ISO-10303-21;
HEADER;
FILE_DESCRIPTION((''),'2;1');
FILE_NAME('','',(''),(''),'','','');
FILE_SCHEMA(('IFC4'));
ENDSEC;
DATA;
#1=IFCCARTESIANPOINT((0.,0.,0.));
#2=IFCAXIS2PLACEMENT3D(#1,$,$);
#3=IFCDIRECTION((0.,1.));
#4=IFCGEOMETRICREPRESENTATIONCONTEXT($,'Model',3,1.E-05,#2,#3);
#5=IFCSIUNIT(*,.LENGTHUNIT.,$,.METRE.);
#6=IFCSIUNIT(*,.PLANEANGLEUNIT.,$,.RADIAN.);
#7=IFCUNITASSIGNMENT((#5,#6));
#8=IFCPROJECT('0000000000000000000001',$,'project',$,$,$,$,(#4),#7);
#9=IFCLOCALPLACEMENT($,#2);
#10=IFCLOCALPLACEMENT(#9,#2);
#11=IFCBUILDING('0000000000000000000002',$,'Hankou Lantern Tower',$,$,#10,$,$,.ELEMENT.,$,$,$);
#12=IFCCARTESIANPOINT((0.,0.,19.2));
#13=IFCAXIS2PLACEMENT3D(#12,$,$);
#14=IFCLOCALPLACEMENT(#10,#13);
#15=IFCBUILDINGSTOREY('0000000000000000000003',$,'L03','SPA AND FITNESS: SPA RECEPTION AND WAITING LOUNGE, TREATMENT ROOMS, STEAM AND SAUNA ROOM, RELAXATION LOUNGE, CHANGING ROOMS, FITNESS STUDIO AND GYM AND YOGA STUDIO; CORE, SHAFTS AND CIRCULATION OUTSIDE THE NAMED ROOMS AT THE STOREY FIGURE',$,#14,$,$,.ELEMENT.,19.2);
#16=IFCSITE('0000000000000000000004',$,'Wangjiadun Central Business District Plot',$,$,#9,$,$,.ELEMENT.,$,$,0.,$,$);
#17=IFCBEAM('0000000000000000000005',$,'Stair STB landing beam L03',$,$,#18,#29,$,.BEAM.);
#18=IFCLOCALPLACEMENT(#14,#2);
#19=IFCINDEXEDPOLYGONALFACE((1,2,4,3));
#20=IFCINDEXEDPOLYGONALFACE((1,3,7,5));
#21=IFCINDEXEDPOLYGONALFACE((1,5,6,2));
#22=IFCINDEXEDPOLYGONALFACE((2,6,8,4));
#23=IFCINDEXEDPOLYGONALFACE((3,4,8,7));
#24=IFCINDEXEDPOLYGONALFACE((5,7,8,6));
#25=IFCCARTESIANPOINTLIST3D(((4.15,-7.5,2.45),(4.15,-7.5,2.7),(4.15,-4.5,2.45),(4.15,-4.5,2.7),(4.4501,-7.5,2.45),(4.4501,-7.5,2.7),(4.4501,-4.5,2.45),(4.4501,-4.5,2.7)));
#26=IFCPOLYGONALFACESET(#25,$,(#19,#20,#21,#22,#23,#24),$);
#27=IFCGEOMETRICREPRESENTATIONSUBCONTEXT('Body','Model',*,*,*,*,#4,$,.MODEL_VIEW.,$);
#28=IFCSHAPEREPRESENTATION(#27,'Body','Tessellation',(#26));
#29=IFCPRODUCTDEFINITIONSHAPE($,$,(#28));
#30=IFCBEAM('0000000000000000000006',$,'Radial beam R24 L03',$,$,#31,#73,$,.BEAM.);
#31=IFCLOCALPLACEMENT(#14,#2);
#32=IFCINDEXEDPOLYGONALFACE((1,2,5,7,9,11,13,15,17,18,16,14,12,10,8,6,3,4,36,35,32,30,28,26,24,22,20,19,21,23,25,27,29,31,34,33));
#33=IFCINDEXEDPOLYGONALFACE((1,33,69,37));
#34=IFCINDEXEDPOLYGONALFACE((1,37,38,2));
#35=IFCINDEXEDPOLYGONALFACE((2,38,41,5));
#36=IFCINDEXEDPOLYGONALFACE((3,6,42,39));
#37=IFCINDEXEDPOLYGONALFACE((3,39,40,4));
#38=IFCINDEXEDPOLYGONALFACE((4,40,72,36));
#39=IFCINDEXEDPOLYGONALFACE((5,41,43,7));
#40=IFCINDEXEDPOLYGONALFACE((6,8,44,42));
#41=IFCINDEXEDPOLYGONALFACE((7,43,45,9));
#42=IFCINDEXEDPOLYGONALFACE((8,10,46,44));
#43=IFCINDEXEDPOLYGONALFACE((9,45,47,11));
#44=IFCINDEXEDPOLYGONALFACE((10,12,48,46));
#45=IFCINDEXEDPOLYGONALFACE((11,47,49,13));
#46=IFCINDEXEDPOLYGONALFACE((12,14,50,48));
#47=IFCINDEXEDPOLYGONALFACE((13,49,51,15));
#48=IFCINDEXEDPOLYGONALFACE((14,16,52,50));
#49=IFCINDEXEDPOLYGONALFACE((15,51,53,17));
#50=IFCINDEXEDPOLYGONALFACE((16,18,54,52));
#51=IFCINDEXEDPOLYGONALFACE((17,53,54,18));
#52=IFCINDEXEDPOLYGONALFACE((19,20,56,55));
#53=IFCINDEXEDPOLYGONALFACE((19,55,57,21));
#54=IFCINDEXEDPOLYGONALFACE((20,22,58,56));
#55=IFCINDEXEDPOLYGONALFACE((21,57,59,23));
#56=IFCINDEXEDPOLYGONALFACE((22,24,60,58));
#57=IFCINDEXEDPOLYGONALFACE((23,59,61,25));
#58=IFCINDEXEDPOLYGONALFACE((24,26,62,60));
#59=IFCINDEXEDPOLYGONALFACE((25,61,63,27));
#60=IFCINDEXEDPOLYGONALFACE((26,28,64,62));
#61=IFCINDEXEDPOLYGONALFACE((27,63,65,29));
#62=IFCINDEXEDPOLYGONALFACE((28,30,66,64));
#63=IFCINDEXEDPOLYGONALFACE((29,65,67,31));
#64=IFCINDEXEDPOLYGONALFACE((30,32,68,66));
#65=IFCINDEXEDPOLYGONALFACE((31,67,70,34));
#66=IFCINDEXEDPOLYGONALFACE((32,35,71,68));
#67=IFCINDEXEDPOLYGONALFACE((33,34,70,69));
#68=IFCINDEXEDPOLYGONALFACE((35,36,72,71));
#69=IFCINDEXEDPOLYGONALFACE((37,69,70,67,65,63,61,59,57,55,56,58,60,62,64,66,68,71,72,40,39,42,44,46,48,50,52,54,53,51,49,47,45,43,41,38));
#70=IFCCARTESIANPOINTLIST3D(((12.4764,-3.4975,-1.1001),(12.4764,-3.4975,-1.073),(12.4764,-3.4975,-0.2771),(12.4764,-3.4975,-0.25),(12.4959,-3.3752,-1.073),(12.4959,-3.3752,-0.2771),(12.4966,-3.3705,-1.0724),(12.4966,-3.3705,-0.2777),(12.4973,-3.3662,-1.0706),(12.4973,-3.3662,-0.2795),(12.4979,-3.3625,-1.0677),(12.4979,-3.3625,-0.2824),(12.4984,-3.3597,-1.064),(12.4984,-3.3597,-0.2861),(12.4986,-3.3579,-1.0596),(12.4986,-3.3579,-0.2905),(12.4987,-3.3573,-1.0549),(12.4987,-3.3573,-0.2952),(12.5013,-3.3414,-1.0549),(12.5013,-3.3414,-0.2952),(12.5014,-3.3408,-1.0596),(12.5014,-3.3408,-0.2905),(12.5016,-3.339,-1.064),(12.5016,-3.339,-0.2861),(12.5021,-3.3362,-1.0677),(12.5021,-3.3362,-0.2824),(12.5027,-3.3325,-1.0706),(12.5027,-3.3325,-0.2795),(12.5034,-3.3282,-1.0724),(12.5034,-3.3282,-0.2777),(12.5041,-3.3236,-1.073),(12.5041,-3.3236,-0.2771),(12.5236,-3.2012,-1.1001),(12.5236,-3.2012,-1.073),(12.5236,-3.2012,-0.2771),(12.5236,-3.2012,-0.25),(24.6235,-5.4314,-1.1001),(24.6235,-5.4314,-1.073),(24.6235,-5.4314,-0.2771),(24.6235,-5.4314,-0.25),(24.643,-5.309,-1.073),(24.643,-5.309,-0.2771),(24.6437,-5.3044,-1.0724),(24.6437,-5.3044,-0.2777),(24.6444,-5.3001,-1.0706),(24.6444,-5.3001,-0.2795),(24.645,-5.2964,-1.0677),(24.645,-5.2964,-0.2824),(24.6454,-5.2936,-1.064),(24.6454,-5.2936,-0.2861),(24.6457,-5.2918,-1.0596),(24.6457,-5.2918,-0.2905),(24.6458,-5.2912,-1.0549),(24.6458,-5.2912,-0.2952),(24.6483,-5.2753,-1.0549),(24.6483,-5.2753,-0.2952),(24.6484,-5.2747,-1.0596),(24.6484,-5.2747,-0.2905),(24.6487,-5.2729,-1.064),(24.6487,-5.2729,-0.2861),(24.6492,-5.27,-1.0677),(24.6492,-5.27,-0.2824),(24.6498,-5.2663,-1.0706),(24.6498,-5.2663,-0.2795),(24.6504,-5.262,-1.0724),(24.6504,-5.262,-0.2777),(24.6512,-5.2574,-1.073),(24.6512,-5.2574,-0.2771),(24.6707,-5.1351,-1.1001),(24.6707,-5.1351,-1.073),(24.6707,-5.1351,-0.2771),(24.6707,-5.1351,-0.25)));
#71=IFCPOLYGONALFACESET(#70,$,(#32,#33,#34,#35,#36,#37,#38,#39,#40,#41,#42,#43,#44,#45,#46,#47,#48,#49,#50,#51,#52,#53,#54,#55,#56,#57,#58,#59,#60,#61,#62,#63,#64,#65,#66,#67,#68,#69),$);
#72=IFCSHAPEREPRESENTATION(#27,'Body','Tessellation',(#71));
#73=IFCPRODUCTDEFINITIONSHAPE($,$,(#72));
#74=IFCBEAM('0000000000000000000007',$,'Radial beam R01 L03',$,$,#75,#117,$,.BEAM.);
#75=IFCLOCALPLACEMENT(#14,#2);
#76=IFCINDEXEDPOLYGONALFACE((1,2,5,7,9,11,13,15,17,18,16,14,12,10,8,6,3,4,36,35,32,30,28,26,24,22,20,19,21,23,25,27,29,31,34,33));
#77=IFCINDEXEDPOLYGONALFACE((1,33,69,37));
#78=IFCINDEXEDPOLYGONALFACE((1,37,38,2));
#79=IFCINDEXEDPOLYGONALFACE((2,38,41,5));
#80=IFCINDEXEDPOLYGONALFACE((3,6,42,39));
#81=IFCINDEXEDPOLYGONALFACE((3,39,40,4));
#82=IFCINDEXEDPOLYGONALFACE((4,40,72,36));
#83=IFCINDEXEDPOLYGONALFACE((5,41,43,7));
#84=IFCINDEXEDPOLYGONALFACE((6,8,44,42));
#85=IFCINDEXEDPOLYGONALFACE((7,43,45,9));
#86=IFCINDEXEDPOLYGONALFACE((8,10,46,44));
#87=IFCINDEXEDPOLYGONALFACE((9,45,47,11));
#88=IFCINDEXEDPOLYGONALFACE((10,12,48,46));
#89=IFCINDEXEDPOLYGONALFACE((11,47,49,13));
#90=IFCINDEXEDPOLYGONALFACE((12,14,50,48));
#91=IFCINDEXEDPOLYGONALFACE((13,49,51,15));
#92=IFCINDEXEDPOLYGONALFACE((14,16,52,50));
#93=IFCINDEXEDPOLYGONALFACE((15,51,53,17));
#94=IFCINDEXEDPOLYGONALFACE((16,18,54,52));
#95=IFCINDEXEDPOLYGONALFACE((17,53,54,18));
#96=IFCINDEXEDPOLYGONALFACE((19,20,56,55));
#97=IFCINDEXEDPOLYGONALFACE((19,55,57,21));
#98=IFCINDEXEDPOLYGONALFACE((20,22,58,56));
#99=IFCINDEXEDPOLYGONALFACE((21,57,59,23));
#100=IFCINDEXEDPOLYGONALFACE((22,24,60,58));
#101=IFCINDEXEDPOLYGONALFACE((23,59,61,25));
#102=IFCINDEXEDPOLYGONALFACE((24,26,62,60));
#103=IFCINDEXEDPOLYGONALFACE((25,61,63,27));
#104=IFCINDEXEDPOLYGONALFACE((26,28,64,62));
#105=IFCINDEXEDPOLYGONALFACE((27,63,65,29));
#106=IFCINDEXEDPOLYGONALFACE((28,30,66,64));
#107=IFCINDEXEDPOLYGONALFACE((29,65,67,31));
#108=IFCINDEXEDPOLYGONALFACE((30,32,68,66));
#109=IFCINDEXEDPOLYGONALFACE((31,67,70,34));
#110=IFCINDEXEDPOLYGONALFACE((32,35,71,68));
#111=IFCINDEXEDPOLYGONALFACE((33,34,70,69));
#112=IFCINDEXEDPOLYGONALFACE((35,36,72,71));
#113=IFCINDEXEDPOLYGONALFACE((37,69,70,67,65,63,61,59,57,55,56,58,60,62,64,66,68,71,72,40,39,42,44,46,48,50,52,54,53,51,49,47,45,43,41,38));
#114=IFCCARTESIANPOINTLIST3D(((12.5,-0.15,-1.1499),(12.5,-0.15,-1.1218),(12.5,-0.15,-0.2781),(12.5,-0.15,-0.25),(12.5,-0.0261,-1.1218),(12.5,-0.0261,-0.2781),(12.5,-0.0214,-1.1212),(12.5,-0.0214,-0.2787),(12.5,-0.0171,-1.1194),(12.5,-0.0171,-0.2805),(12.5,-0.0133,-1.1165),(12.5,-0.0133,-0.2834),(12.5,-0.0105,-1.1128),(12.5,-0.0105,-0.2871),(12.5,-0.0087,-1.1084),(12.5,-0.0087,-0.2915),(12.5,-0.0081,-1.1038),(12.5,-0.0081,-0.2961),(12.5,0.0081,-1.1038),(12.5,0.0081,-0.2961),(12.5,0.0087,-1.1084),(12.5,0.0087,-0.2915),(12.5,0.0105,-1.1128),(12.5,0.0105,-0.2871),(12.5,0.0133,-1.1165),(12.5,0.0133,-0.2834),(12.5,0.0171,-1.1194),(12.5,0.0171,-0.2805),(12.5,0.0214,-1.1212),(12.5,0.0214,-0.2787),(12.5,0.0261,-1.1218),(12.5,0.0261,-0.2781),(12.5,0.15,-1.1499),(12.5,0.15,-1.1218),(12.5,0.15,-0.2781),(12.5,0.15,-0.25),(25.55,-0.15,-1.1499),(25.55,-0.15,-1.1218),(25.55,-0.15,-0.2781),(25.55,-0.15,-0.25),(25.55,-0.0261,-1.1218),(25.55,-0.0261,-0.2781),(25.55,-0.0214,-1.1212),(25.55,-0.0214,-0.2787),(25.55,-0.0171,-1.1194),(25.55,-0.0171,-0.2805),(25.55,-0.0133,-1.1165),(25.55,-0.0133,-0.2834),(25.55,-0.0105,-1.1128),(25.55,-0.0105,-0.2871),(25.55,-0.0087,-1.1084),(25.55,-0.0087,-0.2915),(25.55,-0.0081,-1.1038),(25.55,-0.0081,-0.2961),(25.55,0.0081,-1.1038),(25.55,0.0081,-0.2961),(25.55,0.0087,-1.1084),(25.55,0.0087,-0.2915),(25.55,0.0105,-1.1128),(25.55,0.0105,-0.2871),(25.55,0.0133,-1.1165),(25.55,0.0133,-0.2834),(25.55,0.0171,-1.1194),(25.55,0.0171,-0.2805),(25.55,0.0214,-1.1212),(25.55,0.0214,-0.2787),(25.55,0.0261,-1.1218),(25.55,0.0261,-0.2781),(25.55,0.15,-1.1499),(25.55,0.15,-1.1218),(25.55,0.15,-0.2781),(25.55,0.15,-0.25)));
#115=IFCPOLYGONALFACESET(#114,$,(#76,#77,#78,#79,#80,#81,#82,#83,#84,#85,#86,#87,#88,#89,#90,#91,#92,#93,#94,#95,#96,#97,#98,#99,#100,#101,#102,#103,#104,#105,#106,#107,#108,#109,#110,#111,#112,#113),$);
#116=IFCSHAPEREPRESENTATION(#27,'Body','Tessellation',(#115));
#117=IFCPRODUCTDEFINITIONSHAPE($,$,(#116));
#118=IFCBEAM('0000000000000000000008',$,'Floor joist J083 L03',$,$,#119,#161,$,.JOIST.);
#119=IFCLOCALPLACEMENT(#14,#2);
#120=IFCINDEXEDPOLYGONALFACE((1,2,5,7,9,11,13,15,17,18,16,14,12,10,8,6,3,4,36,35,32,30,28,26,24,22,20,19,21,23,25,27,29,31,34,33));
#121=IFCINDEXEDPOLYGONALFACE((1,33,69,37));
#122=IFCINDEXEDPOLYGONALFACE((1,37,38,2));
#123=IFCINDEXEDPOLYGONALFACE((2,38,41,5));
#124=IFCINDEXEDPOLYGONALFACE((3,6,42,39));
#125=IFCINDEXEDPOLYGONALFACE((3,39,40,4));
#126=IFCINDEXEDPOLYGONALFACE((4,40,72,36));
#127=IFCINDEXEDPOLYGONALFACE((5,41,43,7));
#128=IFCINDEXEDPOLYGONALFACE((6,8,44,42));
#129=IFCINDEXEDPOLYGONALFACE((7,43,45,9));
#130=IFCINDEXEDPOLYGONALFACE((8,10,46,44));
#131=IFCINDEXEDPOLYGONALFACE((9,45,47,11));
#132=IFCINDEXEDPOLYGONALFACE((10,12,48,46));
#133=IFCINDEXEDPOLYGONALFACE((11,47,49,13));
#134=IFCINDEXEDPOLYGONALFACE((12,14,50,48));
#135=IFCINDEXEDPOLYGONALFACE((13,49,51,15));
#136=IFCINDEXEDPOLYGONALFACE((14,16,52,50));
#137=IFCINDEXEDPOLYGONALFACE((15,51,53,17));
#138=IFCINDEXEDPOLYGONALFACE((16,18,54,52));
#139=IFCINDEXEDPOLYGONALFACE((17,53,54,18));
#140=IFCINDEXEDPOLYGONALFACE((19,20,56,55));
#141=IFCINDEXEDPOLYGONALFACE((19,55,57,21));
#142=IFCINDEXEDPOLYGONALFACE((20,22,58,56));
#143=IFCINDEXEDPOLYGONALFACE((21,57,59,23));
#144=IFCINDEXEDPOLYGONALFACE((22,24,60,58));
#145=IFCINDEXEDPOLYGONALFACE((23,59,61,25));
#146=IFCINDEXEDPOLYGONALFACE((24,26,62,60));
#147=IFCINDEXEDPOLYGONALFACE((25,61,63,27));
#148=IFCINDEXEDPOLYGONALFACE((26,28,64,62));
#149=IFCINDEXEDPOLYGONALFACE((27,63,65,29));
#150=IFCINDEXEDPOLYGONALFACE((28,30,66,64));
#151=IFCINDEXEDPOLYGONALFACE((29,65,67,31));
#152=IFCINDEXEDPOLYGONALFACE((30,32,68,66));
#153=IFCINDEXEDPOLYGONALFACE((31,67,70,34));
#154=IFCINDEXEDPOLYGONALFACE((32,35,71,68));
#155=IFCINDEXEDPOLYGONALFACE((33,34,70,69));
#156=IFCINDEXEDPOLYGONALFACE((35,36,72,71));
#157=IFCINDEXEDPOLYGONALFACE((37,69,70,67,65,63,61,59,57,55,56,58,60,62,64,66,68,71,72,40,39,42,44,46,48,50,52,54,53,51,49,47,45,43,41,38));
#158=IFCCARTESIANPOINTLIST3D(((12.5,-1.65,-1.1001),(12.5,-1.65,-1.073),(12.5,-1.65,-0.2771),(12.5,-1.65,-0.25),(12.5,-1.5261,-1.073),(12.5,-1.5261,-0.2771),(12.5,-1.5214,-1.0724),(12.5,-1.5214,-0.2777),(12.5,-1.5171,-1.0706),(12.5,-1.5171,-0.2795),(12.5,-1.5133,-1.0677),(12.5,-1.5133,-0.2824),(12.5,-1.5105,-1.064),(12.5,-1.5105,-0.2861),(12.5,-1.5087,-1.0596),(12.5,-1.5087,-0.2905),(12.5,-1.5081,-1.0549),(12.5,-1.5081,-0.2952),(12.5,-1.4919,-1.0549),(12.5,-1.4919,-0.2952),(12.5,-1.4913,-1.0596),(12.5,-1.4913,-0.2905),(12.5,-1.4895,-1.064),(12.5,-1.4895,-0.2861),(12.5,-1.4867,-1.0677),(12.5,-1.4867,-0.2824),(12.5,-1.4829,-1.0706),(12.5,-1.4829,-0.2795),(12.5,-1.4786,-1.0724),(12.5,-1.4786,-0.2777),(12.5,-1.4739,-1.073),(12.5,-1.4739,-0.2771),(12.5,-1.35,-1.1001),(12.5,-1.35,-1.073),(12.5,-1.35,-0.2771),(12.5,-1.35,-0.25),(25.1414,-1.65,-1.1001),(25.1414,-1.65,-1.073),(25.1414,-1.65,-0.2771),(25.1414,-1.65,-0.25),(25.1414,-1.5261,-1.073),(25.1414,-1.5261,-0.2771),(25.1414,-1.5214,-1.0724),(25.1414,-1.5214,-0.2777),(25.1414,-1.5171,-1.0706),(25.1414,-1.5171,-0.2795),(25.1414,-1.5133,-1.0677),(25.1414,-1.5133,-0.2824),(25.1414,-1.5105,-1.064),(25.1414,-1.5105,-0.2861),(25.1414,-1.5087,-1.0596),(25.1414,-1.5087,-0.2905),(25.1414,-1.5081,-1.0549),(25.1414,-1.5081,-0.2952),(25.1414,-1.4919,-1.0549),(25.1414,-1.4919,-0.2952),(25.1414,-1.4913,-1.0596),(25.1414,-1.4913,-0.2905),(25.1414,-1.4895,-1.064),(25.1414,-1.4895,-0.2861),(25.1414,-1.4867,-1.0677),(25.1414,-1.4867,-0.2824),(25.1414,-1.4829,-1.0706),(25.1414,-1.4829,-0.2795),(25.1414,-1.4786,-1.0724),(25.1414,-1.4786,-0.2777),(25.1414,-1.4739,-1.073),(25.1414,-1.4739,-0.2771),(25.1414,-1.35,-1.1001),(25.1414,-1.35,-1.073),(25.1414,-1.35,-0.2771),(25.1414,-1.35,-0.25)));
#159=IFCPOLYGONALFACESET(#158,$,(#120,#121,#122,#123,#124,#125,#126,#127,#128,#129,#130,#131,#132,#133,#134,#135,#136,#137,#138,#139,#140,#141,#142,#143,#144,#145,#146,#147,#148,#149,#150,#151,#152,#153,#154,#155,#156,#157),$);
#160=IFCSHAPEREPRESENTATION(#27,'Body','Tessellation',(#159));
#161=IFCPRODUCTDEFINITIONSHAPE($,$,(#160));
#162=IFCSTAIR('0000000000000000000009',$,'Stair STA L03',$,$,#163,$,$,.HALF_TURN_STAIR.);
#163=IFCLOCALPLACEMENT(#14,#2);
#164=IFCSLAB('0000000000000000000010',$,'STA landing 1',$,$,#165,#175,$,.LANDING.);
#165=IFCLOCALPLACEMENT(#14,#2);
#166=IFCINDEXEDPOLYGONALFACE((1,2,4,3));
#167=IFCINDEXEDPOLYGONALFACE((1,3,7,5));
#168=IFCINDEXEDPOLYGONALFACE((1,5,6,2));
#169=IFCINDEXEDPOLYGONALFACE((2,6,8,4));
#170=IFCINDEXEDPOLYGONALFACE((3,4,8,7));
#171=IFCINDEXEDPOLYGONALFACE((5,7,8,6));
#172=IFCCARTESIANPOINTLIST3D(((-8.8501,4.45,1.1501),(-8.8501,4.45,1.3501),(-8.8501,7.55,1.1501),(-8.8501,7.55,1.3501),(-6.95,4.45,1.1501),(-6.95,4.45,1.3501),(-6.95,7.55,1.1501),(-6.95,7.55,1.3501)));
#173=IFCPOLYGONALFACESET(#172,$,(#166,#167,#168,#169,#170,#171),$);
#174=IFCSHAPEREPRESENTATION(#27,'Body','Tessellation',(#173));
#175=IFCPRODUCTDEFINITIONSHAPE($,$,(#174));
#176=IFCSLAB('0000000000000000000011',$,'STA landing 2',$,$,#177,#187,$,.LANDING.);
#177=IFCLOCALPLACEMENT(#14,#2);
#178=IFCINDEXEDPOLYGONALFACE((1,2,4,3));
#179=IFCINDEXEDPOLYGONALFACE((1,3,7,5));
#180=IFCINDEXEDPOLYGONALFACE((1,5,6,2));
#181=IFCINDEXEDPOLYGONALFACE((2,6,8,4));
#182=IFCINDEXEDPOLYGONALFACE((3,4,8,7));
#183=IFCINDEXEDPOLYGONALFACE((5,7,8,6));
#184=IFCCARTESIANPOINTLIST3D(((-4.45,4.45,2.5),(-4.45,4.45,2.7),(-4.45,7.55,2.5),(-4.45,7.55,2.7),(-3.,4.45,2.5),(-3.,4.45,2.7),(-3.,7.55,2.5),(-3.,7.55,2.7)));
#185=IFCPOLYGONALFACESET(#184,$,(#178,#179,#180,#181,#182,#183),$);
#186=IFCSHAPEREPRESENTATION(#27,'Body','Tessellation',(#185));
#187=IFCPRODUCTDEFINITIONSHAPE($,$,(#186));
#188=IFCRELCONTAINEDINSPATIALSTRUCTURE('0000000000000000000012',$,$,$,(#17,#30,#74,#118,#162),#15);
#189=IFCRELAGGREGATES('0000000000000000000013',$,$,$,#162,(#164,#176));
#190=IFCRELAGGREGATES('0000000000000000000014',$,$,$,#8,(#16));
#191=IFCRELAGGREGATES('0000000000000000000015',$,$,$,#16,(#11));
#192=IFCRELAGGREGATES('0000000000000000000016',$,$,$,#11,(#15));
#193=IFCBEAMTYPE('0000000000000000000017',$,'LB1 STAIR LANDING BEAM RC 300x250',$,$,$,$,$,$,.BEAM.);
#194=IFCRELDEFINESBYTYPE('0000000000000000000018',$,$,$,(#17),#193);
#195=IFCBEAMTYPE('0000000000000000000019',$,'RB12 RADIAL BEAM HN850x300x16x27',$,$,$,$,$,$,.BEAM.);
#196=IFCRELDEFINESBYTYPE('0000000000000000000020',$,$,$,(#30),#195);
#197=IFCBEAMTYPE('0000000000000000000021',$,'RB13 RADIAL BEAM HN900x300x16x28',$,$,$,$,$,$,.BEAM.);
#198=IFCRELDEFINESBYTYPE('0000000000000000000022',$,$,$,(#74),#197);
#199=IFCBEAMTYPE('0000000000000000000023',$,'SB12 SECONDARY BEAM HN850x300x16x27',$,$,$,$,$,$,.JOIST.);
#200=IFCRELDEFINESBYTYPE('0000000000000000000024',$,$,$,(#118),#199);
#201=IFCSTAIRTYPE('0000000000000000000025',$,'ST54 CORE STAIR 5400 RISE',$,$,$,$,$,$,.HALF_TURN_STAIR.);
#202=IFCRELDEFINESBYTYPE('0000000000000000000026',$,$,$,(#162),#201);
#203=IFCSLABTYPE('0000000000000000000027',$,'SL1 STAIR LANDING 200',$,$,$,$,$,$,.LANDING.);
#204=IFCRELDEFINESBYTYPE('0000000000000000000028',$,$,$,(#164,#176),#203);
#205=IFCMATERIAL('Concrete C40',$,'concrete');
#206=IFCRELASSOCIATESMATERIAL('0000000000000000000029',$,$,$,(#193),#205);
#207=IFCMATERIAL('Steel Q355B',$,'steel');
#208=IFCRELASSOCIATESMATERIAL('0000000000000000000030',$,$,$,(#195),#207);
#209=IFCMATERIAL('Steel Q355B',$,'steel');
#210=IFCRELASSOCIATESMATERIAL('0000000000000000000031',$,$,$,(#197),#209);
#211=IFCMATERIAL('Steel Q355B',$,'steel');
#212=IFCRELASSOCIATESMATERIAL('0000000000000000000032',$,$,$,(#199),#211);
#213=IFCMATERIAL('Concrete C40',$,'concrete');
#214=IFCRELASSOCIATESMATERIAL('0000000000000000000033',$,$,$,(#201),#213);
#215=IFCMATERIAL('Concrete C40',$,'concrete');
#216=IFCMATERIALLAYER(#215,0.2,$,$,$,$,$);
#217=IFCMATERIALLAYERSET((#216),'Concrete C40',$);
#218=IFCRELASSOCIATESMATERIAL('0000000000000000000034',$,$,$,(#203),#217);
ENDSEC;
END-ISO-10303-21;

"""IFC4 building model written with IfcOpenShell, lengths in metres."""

from ifc_helpers import new_model, si_unit, direction, frame, origin, origin_2d, place, context, subcontext, project, spatial, polyline, rectangle, i_section, outline, extrude, material, layer, layer_set, material_profile, profile_set, type_object, element, aggregate, save


model = new_model("IFC4")

# Units and contexts
model_context = context("Model", 3, precision=1e-05, world=origin(), true_north=direction((0.0, 1.0)))
body_context = subcontext(model_context, "Body", "Model", "MODEL_VIEW")
ifc_project = project(units=[si_unit("LENGTHUNIT", "METRE"), si_unit("PLANEANGLEUNIT", "RADIAN")], contexts=[model_context])

# Site, building, storey
site_placement = place(None, origin())
site = spatial("IfcSite", under=ifc_project, at=site_placement, Name="Wangjiadun Central Business District Plot", CompositionType="ELEMENT", RefElevation=0.0)
building_placement = place(site_placement, origin())
building = spatial("IfcBuilding", under=site, at=building_placement, Name="Hankou Lantern Tower", CompositionType="ELEMENT")
storey_placement = place(building_placement, frame((0.0, 0.0, 19.2)))
storey = spatial("IfcBuildingStorey", under=building, at=storey_placement, Name="L03", Description="SPA AND FITNESS: SPA RECEPTION AND WAITING LOUNGE, TREATMENT ROOMS, STEAM AND SAUNA ROOM, RELAXATION LOUNGE, CHANGING ROOMS, FITNESS STUDIO AND GYM AND YOGA STUDIO; CORE, SHAFTS AND CIRCULATION OUTSIDE THE NAMED ROOMS AT THE STOREY FIGURE", CompositionType="ELEMENT", Elevation=19.2)

# Beams
ifc_material_1 = material(Name="Concrete C40", Category="concrete")
ifc_material_profile_1 = material_profile(ifc_material_1, rectangle(XDim=0.3, YDim=0.25, at=origin_2d()), Name="RC 300x250")
ifc_profile_set_1 = profile_set([ifc_material_profile_1], Name="Concrete C40")
beam_type_1 = type_object("IfcBeamType", Name="LB1 STAIR LANDING BEAM RC 300x250", PredefinedType="BEAM", material=ifc_profile_set_1)
beam_1_placement = place(storey_placement, frame((4.3, -4.5, 2.575), z_axis=(0.0, -1.0, 0.0), x_axis=(1.0, 0.0, 0.0)))
element("IfcBeam", 1, at=beam_1_placement, inside=storey, type_object=beam_type_1, Name="Stair STB landing beam L03", PredefinedType="BEAM", context=body_context, shape_type="SweptSolid", body=[
    extrude(rectangle(XDim=0.3, YDim=0.25, at=origin_2d()), origin(), (0.0, 0.0, 1.0), 3.0),
])
ifc_material_2 = material(Name="Steel Q355B", Category="steel")
ifc_material_profile_2 = material_profile(ifc_material_2, i_section(OverallWidth=0.3, OverallDepth=0.8501, WebThickness=0.0161, FlangeThickness=0.0271, FilletRadius=0.0181, at=origin_2d()), Name="HN850x300x16x27")
ifc_profile_set_2 = profile_set([ifc_material_profile_2], Name="Steel Q355B")
beam_type_2 = type_object("IfcBeamType", Name="RB12 RADIAL BEAM HN850x300x16x27", PredefinedType="BEAM", material=ifc_profile_set_2)
beam_2_placement = place(storey_placement, frame((12.5, -3.3494, -0.675), z_axis=(0.987563, -0.157223, 0.0), x_axis=(0.157223, 0.987563, 0.0)))
element("IfcBeam", 2, at=beam_2_placement, inside=storey, type_object=beam_type_2, Name="Radial beam R24 L03", PredefinedType="BEAM", context=body_context, shape_type="SweptSolid", body=[
    extrude(i_section(OverallWidth=0.3, OverallDepth=0.8501, WebThickness=0.0161, FlangeThickness=0.0271, FilletRadius=0.0181, at=origin_2d()), origin(), (0.0, 0.0, 1.0), 12.3),
])
ifc_material_3 = material(Name="Steel Q355B", Category="steel")
ifc_material_profile_3 = material_profile(ifc_material_3, i_section(OverallWidth=0.3, OverallDepth=0.8999, WebThickness=0.0161, FlangeThickness=0.0281, FilletRadius=0.0181, at=origin_2d()), Name="HN900x300x16x28")
ifc_profile_set_3 = profile_set([ifc_material_profile_3], Name="Steel Q355B")
beam_type_3 = type_object("IfcBeamType", Name="RB13 RADIAL BEAM HN900x300x16x28", PredefinedType="BEAM", material=ifc_profile_set_3)
beam_3_placement = place(storey_placement, frame((12.5, 0.0, -0.7), z_axis=(1.0, 0.0, 0.0), x_axis=(0.0, 1.0, 0.0)))
element("IfcBeam", 3, at=beam_3_placement, inside=storey, type_object=beam_type_3, Name="Radial beam R01 L03", PredefinedType="BEAM", context=body_context, shape_type="SweptSolid", body=[
    extrude(i_section(OverallWidth=0.3, OverallDepth=0.8999, WebThickness=0.0161, FlangeThickness=0.0281, FilletRadius=0.0181, at=origin_2d()), origin(), (0.0, 0.0, 1.0), 13.05),
])
ifc_material_4 = material(Name="Steel Q355B", Category="steel")
ifc_material_profile_4 = material_profile(ifc_material_4, i_section(OverallWidth=0.3, OverallDepth=0.8501, WebThickness=0.0161, FlangeThickness=0.0271, FilletRadius=0.0181, at=origin_2d()), Name="HN850x300x16x27")
ifc_profile_set_4 = profile_set([ifc_material_profile_4], Name="Steel Q355B")
beam_type_4 = type_object("IfcBeamType", Name="SB12 SECONDARY BEAM HN850x300x16x27", PredefinedType="JOIST", material=ifc_profile_set_4)
beam_4_placement = place(storey_placement, frame((12.5, -1.5, -0.675), z_axis=(1.0, 0.0, 0.0), x_axis=(0.0, 1.0, 0.0)))
element("IfcBeam", 4, at=beam_4_placement, inside=storey, type_object=beam_type_4, Name="Floor joist J083 L03", PredefinedType="JOIST", context=body_context, shape_type="SweptSolid", body=[
    extrude(i_section(OverallWidth=0.3, OverallDepth=0.8501, WebThickness=0.0161, FlangeThickness=0.0271, FilletRadius=0.0181, at=origin_2d()), origin(), (0.0, 0.0, 1.0), 12.6414),
])

# Stair, slabs
ifc_material_5 = material(Name="Concrete C40", Category="concrete")
stair_type_1 = type_object("IfcStairType", Name="ST54 CORE STAIR 5400 RISE", PredefinedType="HALF_TURN_STAIR", material=ifc_material_5)
stair_1_placement = place(storey_placement, origin())
stair_1 = element("IfcStair", 5, at=stair_1_placement, inside=storey, type_object=stair_type_1, Name="Stair STA L03", PredefinedType="HALF_TURN_STAIR")
ifc_material_6 = material(Name="Concrete C40", Category="concrete")
ifc_layer_1 = layer(ifc_material_6, 0.2)
ifc_layer_set_1 = layer_set([ifc_layer_1], Name="Concrete C40")
slab_type_1 = type_object("IfcSlabType", Name="SL1 STAIR LANDING 200", PredefinedType="LANDING", material=ifc_layer_set_1)
slab_1_placement = place(storey_placement, frame((0.0, 0.0, 1.1501)))
slab_1 = element("IfcSlab", 6, at=slab_1_placement, type_object=slab_type_1, Name="STA landing 1", PredefinedType="LANDING", context=body_context, shape_type="SweptSolid", body=[
    extrude(outline(polyline([(-8.8501, 4.45), (-6.95, 4.45), (-6.95, 7.55), (-8.8501, 7.55), (-8.8501, 4.45)])), origin(), (0.0, 0.0, 1.0), 0.2),
])
slab_2_placement = place(storey_placement, frame((0.0, 0.0, 2.5)))
slab_2 = element("IfcSlab", 7, at=slab_2_placement, type_object=slab_type_1, Name="STA landing 2", PredefinedType="LANDING", context=body_context, shape_type="SweptSolid", body=[
    extrude(outline(polyline([(-4.45, 4.45), (-3.0, 4.45), (-3.0, 7.55), (-4.45, 7.55), (-4.45, 4.45)])), origin(), (0.0, 0.0, 1.0), 0.2),
])
aggregate(stair_1, [slab_1, slab_2])

save(model, "model.ifc")
